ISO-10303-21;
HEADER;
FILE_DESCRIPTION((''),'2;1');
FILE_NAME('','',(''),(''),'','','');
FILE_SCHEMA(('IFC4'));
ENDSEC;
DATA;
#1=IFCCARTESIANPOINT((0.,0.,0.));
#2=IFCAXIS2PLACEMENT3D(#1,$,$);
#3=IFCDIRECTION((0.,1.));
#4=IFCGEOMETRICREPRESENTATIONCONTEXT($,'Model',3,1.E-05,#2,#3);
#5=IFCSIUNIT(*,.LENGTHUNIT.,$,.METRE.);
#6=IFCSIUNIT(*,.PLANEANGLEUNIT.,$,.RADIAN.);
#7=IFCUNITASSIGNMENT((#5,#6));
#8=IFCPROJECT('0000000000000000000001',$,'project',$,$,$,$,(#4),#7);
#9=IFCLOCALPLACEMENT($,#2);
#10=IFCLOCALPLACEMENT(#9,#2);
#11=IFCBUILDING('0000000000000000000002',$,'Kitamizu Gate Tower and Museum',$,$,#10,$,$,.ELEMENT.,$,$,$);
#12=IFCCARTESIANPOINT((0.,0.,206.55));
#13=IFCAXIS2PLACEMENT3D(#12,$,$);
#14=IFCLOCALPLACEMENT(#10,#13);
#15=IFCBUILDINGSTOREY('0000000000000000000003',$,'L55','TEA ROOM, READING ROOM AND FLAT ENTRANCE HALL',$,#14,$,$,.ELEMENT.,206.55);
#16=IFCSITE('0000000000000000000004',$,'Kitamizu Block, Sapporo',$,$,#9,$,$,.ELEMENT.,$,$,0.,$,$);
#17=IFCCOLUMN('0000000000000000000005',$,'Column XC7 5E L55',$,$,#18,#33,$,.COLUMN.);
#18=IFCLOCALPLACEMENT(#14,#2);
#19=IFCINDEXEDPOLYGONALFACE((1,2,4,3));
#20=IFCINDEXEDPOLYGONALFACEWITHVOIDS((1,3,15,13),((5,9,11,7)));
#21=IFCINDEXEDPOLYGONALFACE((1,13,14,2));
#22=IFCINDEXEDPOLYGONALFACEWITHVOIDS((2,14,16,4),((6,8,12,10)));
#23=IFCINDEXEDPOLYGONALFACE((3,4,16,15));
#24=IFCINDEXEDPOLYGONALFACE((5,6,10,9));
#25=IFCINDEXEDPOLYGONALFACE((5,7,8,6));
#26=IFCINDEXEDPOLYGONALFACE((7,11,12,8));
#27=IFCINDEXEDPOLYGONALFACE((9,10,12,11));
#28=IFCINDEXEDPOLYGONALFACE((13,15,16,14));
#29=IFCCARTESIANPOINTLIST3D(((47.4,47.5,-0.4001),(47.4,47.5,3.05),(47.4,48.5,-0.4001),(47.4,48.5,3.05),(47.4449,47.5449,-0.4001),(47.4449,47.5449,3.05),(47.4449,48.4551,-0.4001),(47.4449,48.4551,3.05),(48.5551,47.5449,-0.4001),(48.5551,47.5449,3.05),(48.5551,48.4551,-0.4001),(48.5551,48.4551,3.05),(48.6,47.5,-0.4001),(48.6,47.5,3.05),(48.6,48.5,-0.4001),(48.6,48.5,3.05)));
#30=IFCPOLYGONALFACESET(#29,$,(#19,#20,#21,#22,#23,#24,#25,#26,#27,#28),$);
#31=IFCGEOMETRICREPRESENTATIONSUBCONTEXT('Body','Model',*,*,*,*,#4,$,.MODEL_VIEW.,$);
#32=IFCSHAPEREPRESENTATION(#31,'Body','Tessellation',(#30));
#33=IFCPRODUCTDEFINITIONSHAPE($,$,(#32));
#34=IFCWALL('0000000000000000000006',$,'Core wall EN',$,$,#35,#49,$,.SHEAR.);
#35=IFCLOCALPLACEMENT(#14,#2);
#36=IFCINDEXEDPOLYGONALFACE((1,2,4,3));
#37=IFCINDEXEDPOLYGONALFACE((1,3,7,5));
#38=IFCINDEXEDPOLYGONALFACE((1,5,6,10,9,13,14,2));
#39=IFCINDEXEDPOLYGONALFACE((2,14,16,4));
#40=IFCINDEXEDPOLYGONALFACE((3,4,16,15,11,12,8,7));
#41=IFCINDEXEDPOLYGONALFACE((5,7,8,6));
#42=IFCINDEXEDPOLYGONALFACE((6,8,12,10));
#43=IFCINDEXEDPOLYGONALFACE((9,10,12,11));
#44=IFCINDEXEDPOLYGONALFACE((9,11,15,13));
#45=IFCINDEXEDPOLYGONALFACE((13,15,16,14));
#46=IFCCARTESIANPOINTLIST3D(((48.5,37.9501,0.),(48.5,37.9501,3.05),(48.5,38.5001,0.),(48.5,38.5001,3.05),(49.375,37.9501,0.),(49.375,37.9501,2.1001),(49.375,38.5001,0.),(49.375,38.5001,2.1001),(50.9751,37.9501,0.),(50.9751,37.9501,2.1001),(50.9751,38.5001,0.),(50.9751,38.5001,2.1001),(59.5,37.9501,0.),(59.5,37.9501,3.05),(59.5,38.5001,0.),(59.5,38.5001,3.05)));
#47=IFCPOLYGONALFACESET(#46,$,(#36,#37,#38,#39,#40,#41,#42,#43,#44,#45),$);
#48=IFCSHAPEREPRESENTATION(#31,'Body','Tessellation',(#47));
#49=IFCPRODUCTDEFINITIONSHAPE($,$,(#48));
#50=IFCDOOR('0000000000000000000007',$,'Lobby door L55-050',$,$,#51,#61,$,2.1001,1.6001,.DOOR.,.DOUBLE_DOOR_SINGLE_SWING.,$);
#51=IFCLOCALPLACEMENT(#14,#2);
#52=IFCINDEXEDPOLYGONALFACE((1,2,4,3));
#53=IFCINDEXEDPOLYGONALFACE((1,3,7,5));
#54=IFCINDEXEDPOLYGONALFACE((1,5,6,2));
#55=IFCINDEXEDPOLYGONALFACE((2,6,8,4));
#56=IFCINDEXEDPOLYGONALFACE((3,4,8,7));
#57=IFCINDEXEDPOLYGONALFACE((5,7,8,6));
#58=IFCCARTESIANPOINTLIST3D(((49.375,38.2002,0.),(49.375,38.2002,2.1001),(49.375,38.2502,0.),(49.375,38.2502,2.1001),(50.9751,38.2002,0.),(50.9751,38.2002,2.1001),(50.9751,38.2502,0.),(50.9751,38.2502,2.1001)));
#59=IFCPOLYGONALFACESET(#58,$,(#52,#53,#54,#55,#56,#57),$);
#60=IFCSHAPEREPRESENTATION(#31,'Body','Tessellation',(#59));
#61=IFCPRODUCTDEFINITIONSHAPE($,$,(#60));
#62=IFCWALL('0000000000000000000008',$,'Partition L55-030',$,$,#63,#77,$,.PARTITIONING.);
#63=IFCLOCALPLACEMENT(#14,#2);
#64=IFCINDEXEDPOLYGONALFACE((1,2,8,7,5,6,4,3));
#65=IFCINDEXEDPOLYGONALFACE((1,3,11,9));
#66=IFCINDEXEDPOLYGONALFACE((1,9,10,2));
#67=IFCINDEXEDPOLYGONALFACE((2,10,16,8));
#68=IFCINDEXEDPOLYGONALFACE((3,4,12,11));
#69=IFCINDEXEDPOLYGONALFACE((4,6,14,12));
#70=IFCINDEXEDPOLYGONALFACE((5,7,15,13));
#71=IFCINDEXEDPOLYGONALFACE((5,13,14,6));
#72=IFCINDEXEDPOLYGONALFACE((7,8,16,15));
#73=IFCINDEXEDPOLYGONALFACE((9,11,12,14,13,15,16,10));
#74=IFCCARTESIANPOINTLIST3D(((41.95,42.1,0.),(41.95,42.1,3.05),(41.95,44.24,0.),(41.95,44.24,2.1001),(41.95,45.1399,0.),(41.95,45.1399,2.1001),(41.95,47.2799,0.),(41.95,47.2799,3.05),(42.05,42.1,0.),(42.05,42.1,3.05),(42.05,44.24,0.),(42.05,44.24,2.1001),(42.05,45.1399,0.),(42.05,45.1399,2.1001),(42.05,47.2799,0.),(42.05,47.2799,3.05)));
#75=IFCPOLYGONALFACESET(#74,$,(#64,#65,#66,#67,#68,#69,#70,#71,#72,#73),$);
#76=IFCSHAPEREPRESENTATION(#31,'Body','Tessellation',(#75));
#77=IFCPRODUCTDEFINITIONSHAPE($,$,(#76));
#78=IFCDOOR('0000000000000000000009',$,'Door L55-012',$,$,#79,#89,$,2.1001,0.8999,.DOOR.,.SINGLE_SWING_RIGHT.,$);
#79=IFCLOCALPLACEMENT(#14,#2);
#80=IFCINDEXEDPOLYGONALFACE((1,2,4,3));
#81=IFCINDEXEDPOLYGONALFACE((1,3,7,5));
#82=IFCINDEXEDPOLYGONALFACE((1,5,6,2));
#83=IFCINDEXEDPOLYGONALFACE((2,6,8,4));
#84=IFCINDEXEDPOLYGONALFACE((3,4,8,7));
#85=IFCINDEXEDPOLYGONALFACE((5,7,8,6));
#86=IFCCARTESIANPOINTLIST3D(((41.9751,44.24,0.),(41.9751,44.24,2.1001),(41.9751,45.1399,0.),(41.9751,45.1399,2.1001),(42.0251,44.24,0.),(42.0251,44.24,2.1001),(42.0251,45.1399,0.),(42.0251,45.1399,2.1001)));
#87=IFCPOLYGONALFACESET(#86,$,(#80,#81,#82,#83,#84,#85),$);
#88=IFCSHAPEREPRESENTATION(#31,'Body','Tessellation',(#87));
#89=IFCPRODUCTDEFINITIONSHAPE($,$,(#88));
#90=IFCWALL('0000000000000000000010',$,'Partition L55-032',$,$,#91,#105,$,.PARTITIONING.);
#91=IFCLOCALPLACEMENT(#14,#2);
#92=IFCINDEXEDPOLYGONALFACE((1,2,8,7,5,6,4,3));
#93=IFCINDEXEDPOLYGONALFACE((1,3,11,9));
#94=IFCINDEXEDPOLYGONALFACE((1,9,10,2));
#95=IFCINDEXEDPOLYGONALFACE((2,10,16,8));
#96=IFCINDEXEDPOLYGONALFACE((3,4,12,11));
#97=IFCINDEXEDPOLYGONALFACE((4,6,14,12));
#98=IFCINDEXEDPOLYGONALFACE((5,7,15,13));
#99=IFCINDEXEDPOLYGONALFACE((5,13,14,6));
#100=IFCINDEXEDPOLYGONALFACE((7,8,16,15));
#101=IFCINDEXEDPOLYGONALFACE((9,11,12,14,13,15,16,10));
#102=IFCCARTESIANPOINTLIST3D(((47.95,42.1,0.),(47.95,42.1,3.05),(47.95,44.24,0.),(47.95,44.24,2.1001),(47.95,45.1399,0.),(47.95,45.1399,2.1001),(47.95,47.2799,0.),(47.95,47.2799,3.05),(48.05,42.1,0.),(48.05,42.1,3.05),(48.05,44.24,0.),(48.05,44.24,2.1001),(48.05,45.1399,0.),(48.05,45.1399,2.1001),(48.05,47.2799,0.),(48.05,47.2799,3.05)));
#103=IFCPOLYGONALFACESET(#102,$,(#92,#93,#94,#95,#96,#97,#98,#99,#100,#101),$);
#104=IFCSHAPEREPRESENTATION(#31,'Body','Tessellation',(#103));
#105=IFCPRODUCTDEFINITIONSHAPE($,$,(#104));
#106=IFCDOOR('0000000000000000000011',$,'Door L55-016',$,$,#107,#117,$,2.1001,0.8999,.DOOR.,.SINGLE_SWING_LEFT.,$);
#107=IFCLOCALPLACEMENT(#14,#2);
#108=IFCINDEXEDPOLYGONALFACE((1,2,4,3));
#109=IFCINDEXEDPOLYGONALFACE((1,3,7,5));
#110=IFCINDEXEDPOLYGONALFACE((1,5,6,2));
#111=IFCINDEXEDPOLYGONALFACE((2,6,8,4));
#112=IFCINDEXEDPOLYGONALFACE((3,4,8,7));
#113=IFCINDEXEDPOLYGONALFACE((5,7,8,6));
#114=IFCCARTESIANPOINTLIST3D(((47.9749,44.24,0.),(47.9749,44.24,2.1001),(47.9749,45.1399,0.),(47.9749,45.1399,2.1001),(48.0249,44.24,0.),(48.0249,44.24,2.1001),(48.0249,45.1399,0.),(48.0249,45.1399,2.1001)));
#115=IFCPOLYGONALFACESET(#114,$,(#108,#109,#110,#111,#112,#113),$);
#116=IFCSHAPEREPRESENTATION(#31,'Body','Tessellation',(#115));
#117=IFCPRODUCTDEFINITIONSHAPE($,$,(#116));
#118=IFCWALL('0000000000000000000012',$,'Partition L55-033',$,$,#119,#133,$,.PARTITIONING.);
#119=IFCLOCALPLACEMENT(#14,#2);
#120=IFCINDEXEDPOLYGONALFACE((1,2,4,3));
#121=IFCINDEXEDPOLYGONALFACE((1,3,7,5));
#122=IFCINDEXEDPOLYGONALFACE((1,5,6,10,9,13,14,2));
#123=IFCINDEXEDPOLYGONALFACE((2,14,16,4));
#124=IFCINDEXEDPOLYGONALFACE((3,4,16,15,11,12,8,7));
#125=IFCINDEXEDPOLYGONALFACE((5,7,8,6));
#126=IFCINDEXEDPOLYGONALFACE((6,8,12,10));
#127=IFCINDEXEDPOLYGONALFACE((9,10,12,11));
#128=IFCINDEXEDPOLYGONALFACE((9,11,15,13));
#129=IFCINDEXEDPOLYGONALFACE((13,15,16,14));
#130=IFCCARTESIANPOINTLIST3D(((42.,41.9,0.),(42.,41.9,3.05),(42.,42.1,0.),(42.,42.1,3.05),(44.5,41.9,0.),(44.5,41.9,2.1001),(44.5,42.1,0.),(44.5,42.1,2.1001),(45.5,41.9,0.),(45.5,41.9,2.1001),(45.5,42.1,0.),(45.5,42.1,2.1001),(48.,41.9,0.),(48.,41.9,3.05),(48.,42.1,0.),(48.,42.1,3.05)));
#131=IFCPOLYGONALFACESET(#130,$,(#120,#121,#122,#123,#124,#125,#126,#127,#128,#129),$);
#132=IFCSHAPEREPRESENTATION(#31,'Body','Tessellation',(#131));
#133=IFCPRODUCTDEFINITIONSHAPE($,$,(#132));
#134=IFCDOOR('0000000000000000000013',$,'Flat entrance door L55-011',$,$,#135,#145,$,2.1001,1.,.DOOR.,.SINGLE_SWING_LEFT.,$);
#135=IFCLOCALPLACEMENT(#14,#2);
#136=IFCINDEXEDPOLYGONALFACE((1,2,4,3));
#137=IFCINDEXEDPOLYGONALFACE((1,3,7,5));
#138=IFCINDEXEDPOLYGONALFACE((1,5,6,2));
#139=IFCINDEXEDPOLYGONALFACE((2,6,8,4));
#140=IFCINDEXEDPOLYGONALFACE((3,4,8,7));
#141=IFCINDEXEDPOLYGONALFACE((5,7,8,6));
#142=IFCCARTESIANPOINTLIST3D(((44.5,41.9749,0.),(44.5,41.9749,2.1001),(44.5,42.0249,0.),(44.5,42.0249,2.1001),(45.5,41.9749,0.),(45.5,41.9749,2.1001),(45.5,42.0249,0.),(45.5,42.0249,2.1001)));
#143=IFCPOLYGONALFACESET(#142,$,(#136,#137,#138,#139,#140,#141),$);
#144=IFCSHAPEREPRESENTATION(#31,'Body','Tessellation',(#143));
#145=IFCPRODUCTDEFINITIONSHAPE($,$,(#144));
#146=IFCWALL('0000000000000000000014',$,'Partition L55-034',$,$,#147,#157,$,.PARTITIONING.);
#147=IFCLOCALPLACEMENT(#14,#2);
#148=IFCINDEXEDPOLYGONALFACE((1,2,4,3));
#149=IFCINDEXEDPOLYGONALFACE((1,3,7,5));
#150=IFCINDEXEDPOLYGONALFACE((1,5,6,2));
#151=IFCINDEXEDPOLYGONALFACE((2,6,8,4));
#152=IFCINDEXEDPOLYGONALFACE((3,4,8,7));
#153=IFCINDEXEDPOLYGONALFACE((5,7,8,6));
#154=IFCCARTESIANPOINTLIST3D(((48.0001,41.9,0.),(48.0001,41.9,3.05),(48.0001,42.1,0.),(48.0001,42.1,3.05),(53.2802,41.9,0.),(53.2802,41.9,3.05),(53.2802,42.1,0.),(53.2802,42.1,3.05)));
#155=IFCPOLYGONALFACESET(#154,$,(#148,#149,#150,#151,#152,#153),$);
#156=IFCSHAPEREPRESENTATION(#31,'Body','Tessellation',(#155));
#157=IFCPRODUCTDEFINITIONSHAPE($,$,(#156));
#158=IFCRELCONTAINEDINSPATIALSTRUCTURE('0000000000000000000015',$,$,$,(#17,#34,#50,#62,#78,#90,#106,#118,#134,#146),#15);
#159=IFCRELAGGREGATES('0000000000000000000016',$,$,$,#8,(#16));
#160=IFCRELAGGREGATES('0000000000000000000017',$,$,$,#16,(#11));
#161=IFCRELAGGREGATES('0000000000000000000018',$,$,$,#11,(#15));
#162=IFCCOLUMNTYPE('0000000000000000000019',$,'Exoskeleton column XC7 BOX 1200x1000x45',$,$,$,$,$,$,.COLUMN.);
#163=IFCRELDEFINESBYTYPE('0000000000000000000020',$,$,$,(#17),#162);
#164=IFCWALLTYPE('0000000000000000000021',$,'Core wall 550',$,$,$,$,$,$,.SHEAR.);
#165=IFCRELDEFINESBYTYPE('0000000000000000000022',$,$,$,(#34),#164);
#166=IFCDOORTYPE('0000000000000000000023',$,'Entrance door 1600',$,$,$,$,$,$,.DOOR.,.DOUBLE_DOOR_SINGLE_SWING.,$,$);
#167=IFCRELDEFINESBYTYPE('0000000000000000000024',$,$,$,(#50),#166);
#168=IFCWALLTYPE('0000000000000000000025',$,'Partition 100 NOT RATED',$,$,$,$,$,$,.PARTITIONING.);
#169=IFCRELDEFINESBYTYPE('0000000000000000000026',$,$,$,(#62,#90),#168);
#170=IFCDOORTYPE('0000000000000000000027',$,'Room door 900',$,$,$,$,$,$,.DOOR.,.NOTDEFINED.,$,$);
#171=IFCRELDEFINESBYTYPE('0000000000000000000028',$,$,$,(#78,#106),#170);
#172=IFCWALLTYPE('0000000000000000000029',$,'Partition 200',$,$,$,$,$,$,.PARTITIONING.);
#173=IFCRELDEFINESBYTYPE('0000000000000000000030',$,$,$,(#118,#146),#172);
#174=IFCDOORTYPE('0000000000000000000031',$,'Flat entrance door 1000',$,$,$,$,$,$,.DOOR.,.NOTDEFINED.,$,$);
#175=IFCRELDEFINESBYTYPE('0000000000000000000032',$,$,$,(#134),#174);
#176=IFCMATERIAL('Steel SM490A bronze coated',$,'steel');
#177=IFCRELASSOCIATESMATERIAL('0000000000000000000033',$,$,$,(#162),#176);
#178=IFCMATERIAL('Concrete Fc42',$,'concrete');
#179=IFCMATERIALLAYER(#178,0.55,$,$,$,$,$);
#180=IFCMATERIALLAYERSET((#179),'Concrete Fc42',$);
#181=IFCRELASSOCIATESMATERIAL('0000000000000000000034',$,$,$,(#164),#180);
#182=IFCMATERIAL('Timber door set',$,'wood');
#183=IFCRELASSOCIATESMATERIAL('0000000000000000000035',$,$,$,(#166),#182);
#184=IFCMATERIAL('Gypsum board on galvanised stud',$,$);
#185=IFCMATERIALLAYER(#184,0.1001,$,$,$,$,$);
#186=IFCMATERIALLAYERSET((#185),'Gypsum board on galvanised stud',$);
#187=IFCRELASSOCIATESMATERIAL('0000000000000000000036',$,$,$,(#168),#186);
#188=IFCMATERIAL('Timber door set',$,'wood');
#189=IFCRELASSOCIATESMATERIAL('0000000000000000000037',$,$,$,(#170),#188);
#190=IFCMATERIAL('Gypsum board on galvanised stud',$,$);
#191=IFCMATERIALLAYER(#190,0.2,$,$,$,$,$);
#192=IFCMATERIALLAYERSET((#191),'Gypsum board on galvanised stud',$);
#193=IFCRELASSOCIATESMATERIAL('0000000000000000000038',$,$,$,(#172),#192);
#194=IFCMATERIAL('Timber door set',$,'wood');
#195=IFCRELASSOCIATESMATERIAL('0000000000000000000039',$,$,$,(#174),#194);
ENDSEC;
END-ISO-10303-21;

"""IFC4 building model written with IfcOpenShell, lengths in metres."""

from ifc_helpers import new_model, si_unit, direction, frame, frame_2d, origin, origin_2d, place, context, subcontext, project, spatial, rectangle, hollow_rectangle, extrude, material, layer, layer_set, material_profile, profile_set, type_object, element, fill, save


model = new_model("IFC4")

# Units and contexts
model_context = context("Model", 3, precision=1e-05, world=origin(), true_north=direction((0.0, 1.0)))
body_context = subcontext(model_context, "Body", "Model", "MODEL_VIEW")
ifc_project = project(units=[si_unit("LENGTHUNIT", "METRE"), si_unit("PLANEANGLEUNIT", "RADIAN")], contexts=[model_context])

# Site, building, storey
site_placement = place(None, origin())
site = spatial("IfcSite", under=ifc_project, at=site_placement, Name="Kitamizu Block, Sapporo", CompositionType="ELEMENT", RefElevation=0.0)
building_placement = place(site_placement, origin())
building = spatial("IfcBuilding", under=site, at=building_placement, Name="Kitamizu Gate Tower and Museum", CompositionType="ELEMENT")
storey_placement = place(building_placement, frame((0.0, 0.0, 206.55)))
storey = spatial("IfcBuildingStorey", under=building, at=storey_placement, Name="L55", Description="TEA ROOM, READING ROOM AND FLAT ENTRANCE HALL", CompositionType="ELEMENT", Elevation=206.55)

# Column
ifc_material_1 = material(Name="Steel SM490A bronze coated", Category="steel")
ifc_material_profile = material_profile(ifc_material_1, hollow_rectangle(XDim=1.2, YDim=1.0, WallThickness=0.0449, at=origin_2d()), Name="BOX 1200x1000x45")
ifc_profile_set = profile_set([ifc_material_profile], Name="Steel SM490A bronze coated")
column_type = type_object("IfcColumnType", Name="Exoskeleton column XC7 BOX 1200x1000x45", PredefinedType="COLUMN", material=ifc_profile_set)
column_placement = place(storey_placement, frame((48.0, 48.0, -0.4001), z_axis=(0.0, 0.0, 1.0), x_axis=(1.0, 0.0, 0.0)))
element("IfcColumn", 1, at=column_placement, inside=storey, type_object=column_type, Name="Column XC7 5E L55", PredefinedType="COLUMN", context=body_context, shape_type="SweptSolid", body=[
    extrude(hollow_rectangle(XDim=1.2, YDim=1.0, WallThickness=0.0449, at=origin_2d()), origin(), (0.0, 0.0, 1.0), 3.4502),
])

# Walls, openings, doors
ifc_material_2 = material(Name="Concrete Fc42", Category="concrete")
ifc_layer_1 = layer(ifc_material_2, 0.55)
ifc_layer_set_1 = layer_set([ifc_layer_1], Name="Concrete Fc42")
wall_type_1 = type_object("IfcWallType", Name="Core wall 550", PredefinedType="SHEAR", material=ifc_layer_set_1)
wall_1_placement = place(storey_placement, frame((59.5, 38.2251, 0.0), z_axis=(0.0, 0.0, 1.0), x_axis=(-1.0, 0.0, 0.0)))
wall_1 = element("IfcWall", 2, at=wall_1_placement, inside=storey, type_object=wall_type_1, Name="Core wall EN", PredefinedType="SHEAR", context=body_context, shape_type="SweptSolid", body=[
    extrude(rectangle(XDim=11.0, YDim=0.55, at=frame_2d((5.5, 0.0))), origin(), (0.0, 0.0, 1.0), 3.05),
])
opening_1_placement = place(wall_1_placement, frame((8.5249, 0.0, 0.0)))
opening_1 = element("IfcOpeningElement", 3, at=opening_1_placement, cuts=wall_1, PredefinedType="OPENING", context=body_context, shape_type="SweptSolid", body=[
    extrude(rectangle(XDim=1.6001, YDim=2.1001, at=frame_2d((0.8, 1.05))), frame((0.0, 0.2852, 0.0), z_axis=(0.0, -1.0, 0.0), x_axis=(1.0, 0.0, 0.0)), (0.0, 0.0, 1.0), 0.5701),
])
ifc_material_3 = material(Name="Timber door set", Category="wood")
door_type_1 = type_object("IfcDoorType", Name="Entrance door 1600", OperationType="DOUBLE_DOOR_SINGLE_SWING", PredefinedType="DOOR", material=ifc_material_3)
door_1_placement = place(opening_1_placement, origin())
door_1 = element("IfcDoor", 4, at=door_1_placement, inside=storey, type_object=door_type_1, Name="Lobby door L55-050", OperationType="DOUBLE_DOOR_SINGLE_SWING", OverallHeight=2.1001, OverallWidth=1.6001, PredefinedType="DOOR", context=body_context, shape_type="SweptSolid", body=[
    extrude(rectangle(XDim=1.6001, YDim=2.1001, at=frame_2d((0.8, 1.05))), frame((0.0, 0.0249, 0.0), z_axis=(0.0, -1.0, 0.0), x_axis=(1.0, 0.0, 0.0)), (0.0, 0.0, 1.0), 0.05),
])
fill(opening_1, door_1)
ifc_material_4 = material(Name="Gypsum board on galvanised stud")
ifc_layer_2 = layer(ifc_material_4, 0.1001)
ifc_layer_set_2 = layer_set([ifc_layer_2], Name="Gypsum board on galvanised stud")
wall_type_2 = type_object("IfcWallType", Name="Partition 100 NOT RATED", PredefinedType="PARTITIONING", material=ifc_layer_set_2)
wall_2_placement = place(storey_placement, frame((42.0, 42.1001, 0.0), z_axis=(0.0, 0.0, 1.0), x_axis=(0.0, 1.0, 0.0)))
wall_2 = element("IfcWall", 5, at=wall_2_placement, inside=storey, type_object=wall_type_2, Name="Partition L55-030", PredefinedType="PARTITIONING", context=body_context, shape_type="SweptSolid", body=[
    extrude(rectangle(XDim=5.1799, YDim=0.1001, at=frame_2d((2.5898, 0.0))), origin(), (0.0, 0.0, 1.0), 3.05),
])
opening_2_placement = place(wall_2_placement, frame((2.1399, 0.0, 0.0)))
opening_2 = element("IfcOpeningElement", 6, at=opening_2_placement, cuts=wall_2, PredefinedType="OPENING", context=body_context, shape_type="SweptSolid", body=[
    extrude(rectangle(XDim=0.8999, YDim=2.1001, at=frame_2d((0.45, 1.05))), frame((0.0, 0.0601, 0.0), z_axis=(0.0, -1.0, 0.0), x_axis=(1.0, 0.0, 0.0)), (0.0, 0.0, 1.0), 0.1201),
])
ifc_material_5 = material(Name="Timber door set", Category="wood")
door_type_2 = type_object("IfcDoorType", Name="Room door 900", OperationType="NOTDEFINED", PredefinedType="DOOR", material=ifc_material_5)
door_2_placement = place(opening_2_placement, origin())
door_2 = element("IfcDoor", 7, at=door_2_placement, inside=storey, type_object=door_type_2, Name="Door L55-012", OperationType="SINGLE_SWING_RIGHT", OverallHeight=2.1001, OverallWidth=0.8999, PredefinedType="DOOR", context=body_context, shape_type="SweptSolid", body=[
    extrude(rectangle(XDim=0.8999, YDim=2.1001, at=frame_2d((0.45, 1.05))), frame((0.0, 0.0249, 0.0), z_axis=(0.0, -1.0, 0.0), x_axis=(1.0, 0.0, 0.0)), (0.0, 0.0, 1.0), 0.05),
])
fill(opening_2, door_2)
wall_3_placement = place(storey_placement, frame((48.0, 42.1001, 0.0), z_axis=(0.0, 0.0, 1.0), x_axis=(0.0, 1.0, 0.0)))
wall_3 = element("IfcWall", 8, at=wall_3_placement, inside=storey, type_object=wall_type_2, Name="Partition L55-032", PredefinedType="PARTITIONING", context=body_context, shape_type="SweptSolid", body=[
    extrude(rectangle(XDim=5.1799, YDim=0.1001, at=frame_2d((2.5898, 0.0))), origin(), (0.0, 0.0, 1.0), 3.05),
])
opening_3_placement = place(wall_3_placement, frame((2.1399, 0.0, 0.0)))
opening_3 = element("IfcOpeningElement", 9, at=opening_3_placement, cuts=wall_3, PredefinedType="OPENING", context=body_context, shape_type="SweptSolid", body=[
    extrude(rectangle(XDim=0.8999, YDim=2.1001, at=frame_2d((0.45, 1.05))), frame((0.0, 0.0601, 0.0), z_axis=(0.0, -1.0, 0.0), x_axis=(1.0, 0.0, 0.0)), (0.0, 0.0, 1.0), 0.1201),
])
door_3_placement = place(opening_3_placement, frame((0.8999, 0.0, 0.0), x_axis=(-1.0, 0.0, 0.0)))
door_3 = element("IfcDoor", 10, at=door_3_placement, inside=storey, type_object=door_type_2, Name="Door L55-016", OperationType="SINGLE_SWING_LEFT", OverallHeight=2.1001, OverallWidth=0.8999, PredefinedType="DOOR", context=body_context, shape_type="SweptSolid", body=[
    extrude(rectangle(XDim=0.8999, YDim=2.1001, at=frame_2d((0.45, 1.05))), frame((0.0, 0.0249, 0.0), z_axis=(0.0, -1.0, 0.0), x_axis=(1.0, 0.0, 0.0)), (0.0, 0.0, 1.0), 0.05),
])
fill(opening_3, door_3)
ifc_material_6 = material(Name="Gypsum board on galvanised stud")
ifc_layer_3 = layer(ifc_material_6, 0.2)
ifc_layer_set_3 = layer_set([ifc_layer_3], Name="Gypsum board on galvanised stud")
wall_type_3 = type_object("IfcWallType", Name="Partition 200", PredefinedType="PARTITIONING", material=ifc_layer_set_3)
wall_4_placement = place(storey_placement, frame((42.0, 42.0, 0.0), z_axis=(0.0, 0.0, 1.0), x_axis=(1.0, 0.0, 0.0)))
wall_4 = element("IfcWall", 11, at=wall_4_placement, inside=storey, type_object=wall_type_3, Name="Partition L55-033", PredefinedType="PARTITIONING", context=body_context, shape_type="SweptSolid", body=[
    extrude(rectangle(XDim=6.0, YDim=0.2, at=frame_2d((3.0, 0.0))), origin(), (0.0, 0.0, 1.0), 3.05),
])
opening_4_placement = place(wall_4_placement, frame((2.5, 0.0, 0.0)))
opening_4 = element("IfcOpeningElement", 12, at=opening_4_placement, cuts=wall_4, PredefinedType="OPENING", context=body_context, shape_type="SweptSolid", body=[
    extrude(rectangle(XDim=1.0, YDim=2.1001, at=frame_2d((0.5, 1.05))), frame((0.0, 0.1099, 0.0), z_axis=(0.0, -1.0, 0.0), x_axis=(1.0, 0.0, 0.0)), (0.0, 0.0, 1.0), 0.22),
])
ifc_material_7 = material(Name="Timber door set", Category="wood")
door_type_3 = type_object("IfcDoorType", Name="Flat entrance door 1000", OperationType="NOTDEFINED", PredefinedType="DOOR", material=ifc_material_7)
door_4_placement = place(opening_4_placement, origin())
door_4 = element("IfcDoor", 13, at=door_4_placement, inside=storey, type_object=door_type_3, Name="Flat entrance door L55-011", OperationType="SINGLE_SWING_LEFT", OverallHeight=2.1001, OverallWidth=1.0, PredefinedType="DOOR", context=body_context, shape_type="SweptSolid", body=[
    extrude(rectangle(XDim=1.0, YDim=2.1001, at=frame_2d((0.5, 1.05))), frame((0.0, 0.0249, 0.0), z_axis=(0.0, -1.0, 0.0), x_axis=(1.0, 0.0, 0.0)), (0.0, 0.0, 1.0), 0.05),
])
fill(opening_4, door_4)

# Wall
wall_5_placement = place(storey_placement, frame((48.0, 42.0, 0.0), z_axis=(0.0, 0.0, 1.0), x_axis=(1.0, 0.0, 0.0)))
element("IfcWall", 14, at=wall_5_placement, inside=storey, type_object=wall_type_3, Name="Partition L55-034", PredefinedType="PARTITIONING", context=body_context, shape_type="SweptSolid", body=[
    extrude(rectangle(XDim=5.28, YDim=0.2, at=frame_2d((2.6401, 0.0))), origin(), (0.0, 0.0, 1.0), 3.05),
])

save(model, "model.ifc")
